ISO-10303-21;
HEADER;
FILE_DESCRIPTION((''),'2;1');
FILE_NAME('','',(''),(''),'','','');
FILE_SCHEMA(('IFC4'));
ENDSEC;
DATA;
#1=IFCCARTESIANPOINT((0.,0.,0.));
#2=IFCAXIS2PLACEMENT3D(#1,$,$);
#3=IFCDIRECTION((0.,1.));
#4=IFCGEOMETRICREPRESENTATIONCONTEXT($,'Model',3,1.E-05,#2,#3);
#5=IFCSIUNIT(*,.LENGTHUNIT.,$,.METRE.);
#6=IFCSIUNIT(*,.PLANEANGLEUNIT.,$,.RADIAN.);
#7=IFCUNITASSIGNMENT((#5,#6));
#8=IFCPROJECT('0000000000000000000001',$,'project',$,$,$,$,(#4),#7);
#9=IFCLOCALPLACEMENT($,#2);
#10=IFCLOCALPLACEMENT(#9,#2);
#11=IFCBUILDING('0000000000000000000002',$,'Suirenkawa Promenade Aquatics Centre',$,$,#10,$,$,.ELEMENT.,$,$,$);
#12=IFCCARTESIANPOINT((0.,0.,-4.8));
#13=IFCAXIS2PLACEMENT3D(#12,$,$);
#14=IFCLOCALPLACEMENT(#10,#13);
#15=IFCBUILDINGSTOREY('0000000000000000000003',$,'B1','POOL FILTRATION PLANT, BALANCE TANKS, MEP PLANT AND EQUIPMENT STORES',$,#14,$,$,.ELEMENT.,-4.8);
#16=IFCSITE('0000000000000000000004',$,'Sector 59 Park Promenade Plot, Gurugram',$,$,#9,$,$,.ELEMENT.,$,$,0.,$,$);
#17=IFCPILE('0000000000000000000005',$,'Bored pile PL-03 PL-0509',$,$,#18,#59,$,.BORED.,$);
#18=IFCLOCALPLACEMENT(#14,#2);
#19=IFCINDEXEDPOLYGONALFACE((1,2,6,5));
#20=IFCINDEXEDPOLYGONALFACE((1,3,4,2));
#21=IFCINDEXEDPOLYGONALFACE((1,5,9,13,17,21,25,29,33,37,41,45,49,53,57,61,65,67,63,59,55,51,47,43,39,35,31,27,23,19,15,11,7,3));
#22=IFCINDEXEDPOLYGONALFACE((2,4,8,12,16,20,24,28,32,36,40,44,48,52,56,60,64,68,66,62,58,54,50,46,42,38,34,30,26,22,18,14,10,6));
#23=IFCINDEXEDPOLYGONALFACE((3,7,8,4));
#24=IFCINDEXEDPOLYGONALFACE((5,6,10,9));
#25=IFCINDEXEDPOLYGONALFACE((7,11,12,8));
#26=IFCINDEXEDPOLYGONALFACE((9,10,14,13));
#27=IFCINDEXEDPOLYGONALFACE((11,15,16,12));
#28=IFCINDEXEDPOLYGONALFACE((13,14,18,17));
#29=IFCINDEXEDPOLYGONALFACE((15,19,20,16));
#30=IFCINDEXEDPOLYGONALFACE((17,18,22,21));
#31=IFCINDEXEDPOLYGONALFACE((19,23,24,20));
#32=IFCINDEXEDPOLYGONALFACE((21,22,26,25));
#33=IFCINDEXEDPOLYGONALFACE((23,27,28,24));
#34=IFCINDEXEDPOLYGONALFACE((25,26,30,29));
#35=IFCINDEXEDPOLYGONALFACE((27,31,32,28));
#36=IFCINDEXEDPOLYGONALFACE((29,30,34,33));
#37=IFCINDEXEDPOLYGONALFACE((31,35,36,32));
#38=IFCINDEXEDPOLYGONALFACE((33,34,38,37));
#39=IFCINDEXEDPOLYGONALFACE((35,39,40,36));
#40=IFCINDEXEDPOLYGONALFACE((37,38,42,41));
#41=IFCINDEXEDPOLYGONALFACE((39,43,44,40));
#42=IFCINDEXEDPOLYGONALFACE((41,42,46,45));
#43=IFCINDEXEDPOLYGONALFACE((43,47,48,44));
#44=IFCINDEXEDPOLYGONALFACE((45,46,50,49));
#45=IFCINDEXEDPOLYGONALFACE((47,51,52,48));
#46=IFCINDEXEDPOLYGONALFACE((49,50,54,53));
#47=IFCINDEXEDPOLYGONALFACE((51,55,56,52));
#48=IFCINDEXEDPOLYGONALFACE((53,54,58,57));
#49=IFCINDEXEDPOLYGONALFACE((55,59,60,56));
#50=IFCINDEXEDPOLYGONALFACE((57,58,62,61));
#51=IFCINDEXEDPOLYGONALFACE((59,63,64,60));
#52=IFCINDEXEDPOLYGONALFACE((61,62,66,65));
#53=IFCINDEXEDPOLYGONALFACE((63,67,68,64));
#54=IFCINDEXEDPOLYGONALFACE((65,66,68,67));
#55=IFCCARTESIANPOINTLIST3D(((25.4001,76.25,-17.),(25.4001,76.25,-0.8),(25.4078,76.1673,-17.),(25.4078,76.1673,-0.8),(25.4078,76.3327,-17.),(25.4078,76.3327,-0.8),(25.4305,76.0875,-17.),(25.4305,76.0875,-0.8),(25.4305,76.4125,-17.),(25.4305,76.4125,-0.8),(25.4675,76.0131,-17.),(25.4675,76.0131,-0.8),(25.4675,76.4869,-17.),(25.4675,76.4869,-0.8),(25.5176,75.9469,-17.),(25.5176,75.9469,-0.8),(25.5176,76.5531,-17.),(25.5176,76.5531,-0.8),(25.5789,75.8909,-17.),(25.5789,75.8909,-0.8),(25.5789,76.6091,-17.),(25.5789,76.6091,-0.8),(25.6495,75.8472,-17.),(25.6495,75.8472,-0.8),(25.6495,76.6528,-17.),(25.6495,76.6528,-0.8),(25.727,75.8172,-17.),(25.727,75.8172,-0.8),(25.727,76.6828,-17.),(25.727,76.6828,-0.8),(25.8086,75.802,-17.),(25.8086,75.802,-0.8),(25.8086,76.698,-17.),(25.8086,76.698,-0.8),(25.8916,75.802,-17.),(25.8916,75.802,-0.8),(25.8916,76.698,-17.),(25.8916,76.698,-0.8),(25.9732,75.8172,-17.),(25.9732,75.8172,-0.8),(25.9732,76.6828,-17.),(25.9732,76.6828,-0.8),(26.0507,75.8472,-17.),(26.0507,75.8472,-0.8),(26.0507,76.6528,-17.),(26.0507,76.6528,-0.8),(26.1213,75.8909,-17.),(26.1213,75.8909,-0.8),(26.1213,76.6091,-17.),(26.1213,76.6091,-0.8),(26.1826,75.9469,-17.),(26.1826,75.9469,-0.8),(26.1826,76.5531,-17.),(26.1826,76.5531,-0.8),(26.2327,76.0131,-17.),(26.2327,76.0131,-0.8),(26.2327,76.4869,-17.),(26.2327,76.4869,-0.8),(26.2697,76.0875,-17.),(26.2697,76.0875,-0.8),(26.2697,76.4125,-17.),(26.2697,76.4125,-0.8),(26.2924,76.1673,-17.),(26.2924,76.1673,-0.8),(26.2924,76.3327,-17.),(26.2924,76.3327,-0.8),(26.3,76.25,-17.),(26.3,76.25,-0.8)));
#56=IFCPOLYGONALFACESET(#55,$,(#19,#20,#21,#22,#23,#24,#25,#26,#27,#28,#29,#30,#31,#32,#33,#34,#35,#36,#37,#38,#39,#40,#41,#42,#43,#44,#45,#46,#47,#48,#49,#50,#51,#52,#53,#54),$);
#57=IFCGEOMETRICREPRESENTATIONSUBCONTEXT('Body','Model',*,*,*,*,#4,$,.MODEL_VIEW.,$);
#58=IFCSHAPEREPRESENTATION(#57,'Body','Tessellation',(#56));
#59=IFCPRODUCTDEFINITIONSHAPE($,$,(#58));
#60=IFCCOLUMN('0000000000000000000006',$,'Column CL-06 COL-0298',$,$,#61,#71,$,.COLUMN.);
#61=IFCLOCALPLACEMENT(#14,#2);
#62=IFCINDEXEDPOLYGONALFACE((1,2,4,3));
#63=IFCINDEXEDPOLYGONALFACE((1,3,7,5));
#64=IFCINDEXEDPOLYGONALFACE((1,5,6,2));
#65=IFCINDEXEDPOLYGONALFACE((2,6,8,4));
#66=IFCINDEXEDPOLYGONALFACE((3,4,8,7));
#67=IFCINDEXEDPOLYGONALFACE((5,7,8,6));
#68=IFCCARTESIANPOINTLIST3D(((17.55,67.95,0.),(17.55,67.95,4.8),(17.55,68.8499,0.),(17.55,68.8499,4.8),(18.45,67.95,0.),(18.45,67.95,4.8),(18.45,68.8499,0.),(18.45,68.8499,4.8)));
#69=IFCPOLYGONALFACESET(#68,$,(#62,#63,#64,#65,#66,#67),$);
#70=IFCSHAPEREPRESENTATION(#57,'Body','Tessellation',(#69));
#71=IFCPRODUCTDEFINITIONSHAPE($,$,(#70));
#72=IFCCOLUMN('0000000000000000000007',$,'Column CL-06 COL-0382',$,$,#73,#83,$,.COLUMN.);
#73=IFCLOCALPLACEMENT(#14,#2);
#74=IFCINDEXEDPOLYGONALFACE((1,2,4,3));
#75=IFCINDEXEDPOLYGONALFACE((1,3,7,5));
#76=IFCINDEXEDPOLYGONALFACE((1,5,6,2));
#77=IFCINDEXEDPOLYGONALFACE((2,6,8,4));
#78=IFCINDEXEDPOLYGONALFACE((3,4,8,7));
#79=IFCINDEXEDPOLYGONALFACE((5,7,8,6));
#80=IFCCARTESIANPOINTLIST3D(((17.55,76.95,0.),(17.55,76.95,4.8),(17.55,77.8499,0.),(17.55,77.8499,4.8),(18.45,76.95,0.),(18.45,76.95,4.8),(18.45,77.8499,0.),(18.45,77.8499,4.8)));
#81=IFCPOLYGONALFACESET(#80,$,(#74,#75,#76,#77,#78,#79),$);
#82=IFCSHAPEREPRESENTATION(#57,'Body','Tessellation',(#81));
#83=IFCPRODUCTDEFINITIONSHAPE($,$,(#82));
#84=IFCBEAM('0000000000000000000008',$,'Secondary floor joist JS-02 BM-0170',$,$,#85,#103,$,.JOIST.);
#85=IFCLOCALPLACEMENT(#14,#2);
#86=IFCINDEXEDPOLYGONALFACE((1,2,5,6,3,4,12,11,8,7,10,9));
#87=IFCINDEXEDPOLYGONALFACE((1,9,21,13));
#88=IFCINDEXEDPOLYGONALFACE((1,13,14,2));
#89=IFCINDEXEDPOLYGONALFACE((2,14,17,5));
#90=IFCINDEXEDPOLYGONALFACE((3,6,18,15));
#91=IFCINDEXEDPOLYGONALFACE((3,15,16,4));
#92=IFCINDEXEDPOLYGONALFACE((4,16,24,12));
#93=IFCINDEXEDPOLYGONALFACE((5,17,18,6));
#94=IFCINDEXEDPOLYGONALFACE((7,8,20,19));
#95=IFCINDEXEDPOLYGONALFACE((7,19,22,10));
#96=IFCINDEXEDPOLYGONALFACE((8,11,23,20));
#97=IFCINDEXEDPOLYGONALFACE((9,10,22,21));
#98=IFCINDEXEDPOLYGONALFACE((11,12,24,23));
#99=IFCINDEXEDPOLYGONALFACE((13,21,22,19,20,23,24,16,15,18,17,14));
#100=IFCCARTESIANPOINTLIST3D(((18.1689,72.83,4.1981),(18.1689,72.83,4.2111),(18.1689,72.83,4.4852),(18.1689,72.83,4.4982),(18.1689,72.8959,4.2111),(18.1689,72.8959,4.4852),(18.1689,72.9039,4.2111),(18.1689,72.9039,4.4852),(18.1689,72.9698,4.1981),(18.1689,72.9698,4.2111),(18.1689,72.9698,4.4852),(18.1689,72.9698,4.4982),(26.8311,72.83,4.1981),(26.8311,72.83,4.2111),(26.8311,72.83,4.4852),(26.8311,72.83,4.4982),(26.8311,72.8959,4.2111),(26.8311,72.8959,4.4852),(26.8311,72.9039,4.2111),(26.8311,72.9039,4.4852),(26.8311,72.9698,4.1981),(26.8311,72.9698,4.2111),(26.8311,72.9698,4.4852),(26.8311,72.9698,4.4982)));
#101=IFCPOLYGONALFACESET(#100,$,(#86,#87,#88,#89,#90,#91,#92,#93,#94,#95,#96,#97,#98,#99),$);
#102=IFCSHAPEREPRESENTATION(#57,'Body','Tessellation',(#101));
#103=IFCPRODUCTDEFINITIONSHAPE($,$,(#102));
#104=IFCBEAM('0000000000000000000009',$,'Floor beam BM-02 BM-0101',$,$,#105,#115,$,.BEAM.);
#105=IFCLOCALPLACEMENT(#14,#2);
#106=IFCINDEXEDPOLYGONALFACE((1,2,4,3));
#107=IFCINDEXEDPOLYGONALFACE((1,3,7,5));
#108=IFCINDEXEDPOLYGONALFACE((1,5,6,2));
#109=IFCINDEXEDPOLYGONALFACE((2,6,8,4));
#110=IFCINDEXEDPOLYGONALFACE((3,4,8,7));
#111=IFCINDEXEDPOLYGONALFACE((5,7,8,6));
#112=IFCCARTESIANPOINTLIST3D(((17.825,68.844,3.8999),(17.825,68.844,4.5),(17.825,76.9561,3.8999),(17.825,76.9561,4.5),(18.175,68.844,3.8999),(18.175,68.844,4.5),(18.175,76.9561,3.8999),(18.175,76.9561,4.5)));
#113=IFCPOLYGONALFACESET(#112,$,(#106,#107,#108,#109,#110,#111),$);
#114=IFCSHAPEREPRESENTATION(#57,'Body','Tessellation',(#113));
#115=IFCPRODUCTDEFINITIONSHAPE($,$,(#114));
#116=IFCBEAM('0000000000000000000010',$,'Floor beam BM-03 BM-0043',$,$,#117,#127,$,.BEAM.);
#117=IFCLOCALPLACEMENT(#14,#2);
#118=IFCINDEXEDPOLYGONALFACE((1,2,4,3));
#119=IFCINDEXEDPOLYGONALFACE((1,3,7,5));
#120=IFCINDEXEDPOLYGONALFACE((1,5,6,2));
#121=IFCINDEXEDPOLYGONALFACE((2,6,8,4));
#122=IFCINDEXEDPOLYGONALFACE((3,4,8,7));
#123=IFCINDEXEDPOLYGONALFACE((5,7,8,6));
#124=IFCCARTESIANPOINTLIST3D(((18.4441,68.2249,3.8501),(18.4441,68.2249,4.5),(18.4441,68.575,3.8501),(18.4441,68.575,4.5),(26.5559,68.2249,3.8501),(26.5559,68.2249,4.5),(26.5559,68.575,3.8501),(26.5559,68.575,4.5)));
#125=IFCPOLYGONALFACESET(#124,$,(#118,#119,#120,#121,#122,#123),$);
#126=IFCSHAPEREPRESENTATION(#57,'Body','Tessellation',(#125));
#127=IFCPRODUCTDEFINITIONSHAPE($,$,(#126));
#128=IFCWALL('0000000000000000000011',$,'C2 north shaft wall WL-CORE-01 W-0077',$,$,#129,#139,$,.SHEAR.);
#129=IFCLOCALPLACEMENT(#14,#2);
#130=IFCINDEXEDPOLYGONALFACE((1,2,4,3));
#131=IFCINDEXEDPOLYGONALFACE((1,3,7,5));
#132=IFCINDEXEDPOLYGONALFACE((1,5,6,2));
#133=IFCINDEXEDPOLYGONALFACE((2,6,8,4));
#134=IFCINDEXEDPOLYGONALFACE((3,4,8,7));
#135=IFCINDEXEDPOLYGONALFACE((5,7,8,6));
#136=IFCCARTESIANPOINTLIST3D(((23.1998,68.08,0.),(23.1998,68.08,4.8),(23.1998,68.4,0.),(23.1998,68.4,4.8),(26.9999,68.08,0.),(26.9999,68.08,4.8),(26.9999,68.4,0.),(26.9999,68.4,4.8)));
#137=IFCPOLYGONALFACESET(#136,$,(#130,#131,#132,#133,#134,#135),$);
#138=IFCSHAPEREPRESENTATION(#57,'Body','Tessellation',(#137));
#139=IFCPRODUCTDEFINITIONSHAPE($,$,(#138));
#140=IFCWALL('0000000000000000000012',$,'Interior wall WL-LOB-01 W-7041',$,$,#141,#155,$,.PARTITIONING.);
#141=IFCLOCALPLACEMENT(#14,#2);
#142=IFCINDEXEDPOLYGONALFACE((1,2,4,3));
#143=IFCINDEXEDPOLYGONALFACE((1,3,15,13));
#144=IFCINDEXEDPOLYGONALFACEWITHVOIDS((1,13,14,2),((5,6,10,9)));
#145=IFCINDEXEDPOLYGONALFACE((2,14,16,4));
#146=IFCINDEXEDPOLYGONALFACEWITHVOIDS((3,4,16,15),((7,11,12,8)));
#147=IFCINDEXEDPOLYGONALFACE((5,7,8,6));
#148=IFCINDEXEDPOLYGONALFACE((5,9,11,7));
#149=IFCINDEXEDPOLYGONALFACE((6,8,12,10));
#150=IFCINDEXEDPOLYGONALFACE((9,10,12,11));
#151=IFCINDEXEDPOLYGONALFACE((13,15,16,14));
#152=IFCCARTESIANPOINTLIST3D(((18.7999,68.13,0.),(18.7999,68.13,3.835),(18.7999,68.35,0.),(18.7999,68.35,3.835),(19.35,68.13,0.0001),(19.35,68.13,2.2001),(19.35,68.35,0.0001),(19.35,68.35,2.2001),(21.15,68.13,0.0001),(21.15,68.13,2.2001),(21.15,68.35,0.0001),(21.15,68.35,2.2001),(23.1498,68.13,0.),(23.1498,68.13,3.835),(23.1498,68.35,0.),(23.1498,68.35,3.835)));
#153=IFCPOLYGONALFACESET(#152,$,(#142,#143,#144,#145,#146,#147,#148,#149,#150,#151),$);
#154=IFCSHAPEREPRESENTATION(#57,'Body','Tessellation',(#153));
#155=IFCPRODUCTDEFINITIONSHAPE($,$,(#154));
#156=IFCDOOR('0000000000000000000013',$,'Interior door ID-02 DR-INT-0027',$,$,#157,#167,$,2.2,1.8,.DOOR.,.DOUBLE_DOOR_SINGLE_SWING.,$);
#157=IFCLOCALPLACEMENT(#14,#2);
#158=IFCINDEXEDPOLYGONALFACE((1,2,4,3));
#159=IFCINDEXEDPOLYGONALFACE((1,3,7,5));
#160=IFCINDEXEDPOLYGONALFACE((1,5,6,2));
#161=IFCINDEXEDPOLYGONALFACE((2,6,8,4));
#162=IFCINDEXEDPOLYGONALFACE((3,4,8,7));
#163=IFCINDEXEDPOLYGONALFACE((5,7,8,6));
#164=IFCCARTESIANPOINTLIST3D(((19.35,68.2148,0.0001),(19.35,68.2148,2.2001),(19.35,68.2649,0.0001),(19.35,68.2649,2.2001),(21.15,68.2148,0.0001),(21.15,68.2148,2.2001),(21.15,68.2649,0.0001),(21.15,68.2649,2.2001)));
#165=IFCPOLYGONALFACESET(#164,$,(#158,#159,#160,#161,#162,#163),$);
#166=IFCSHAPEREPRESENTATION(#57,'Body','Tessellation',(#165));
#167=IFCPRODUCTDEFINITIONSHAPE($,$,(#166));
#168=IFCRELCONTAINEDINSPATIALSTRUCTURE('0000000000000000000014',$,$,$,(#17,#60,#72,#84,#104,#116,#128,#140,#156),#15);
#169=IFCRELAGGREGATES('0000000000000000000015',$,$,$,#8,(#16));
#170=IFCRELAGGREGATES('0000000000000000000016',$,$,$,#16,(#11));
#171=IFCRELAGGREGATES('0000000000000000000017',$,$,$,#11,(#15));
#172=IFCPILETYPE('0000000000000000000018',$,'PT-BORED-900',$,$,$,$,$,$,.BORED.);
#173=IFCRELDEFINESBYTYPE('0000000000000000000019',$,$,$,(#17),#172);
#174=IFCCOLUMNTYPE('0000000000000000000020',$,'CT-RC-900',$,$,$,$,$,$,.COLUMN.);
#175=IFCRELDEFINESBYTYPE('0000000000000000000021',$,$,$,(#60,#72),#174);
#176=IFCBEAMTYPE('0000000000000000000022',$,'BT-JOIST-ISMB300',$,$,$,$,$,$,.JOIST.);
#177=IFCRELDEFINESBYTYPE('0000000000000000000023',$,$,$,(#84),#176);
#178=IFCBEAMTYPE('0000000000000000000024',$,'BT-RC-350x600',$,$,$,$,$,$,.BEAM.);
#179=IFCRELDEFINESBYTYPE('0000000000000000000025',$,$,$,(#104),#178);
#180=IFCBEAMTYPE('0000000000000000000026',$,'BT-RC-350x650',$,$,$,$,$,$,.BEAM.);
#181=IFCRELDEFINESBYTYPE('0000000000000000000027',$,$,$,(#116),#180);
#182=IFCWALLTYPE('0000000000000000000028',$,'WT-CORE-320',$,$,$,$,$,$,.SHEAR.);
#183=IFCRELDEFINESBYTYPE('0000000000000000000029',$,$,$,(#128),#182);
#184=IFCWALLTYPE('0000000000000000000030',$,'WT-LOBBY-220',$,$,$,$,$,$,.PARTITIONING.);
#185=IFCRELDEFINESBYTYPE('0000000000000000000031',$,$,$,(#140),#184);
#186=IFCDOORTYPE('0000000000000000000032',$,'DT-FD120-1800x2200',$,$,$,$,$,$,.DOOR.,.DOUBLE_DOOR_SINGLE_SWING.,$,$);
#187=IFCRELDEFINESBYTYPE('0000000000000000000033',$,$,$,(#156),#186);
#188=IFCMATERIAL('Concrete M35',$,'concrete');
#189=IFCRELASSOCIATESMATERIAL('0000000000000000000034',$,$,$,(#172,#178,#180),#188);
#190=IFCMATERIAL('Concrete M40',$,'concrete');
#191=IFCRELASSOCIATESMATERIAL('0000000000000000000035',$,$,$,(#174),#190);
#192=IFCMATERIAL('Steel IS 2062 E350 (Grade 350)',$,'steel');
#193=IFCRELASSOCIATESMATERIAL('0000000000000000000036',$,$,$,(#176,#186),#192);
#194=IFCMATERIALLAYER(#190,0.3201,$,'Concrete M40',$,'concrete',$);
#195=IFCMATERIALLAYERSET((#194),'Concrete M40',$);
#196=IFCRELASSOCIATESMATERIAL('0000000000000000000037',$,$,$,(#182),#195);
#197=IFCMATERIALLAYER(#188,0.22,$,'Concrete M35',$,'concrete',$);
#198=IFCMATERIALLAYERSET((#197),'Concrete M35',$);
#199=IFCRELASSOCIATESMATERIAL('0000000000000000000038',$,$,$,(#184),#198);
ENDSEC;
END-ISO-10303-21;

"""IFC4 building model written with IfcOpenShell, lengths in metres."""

from ifc_helpers import new_model, si_unit, direction, frame, frame_2d, origin, origin_2d, place, context, subcontext, project, spatial, rectangle, circle, i_section, extrude, material, layer, layer_set, material_profile, profile_set, type_object, element, fill, save


model = new_model("IFC4")

# Units and contexts
model_context = context("Model", 3, precision=1e-05, world=origin(), true_north=direction((0.0, 1.0)))
body_context = subcontext(model_context, "Body", "Model", "MODEL_VIEW")
ifc_project = project(units=[si_unit("LENGTHUNIT", "METRE"), si_unit("PLANEANGLEUNIT", "RADIAN")], contexts=[model_context])

# Site, building, storey
site_placement = place(None, origin())
site = spatial("IfcSite", under=ifc_project, at=site_placement, Name="Sector 59 Park Promenade Plot, Gurugram", CompositionType="ELEMENT", RefElevation=0.0)
building_placement = place(site_placement, origin())
building = spatial("IfcBuilding", under=site, at=building_placement, Name="Suirenkawa Promenade Aquatics Centre", CompositionType="ELEMENT")
storey_placement = place(building_placement, frame((0.0, 0.0, -4.8)))
storey = spatial("IfcBuildingStorey", under=building, at=storey_placement, Name="B1", Description="POOL FILTRATION PLANT, BALANCE TANKS, MEP PLANT AND EQUIPMENT STORES", CompositionType="ELEMENT", Elevation=-4.8)

# Shared definitions
ifc_material_1 = material(Name="Concrete M35", Category="concrete")

# Pile
ifc_material_profile_1 = material_profile(ifc_material_1, circle(Radius=0.45, at=origin_2d()), Name="PILE D900", Category="concrete")
ifc_profile_set_1 = profile_set([ifc_material_profile_1], Name="Concrete M35")
pile_type_1 = type_object("IfcPileType", Name="PT-BORED-900", PredefinedType="BORED", material=ifc_profile_set_1)
for number, where, z_axis, x_axis, name in (
    (1, (25.8501, 76.25, -0.8), (0.0, 0.0, -1.0), (1.0, 0.0, 0.0), "Bored pile PL-03 PL-0509"),
):
    element("IfcPile", number, at=place(storey_placement, frame(where, z_axis=z_axis, x_axis=x_axis)), inside=storey, type_object=pile_type_1, Name=name, PredefinedType="BORED", context=body_context, shape_type="SweptSolid", body=[
        extrude(circle(Radius=0.45, at=origin_2d()), origin(), (0.0, 0.0, 1.0), 16.2),
    ])

# Columns
ifc_material_2 = material(Name="Concrete M40", Category="concrete")
ifc_material_profile_2 = material_profile(ifc_material_2, rectangle(XDim=0.8999, YDim=0.8999, at=origin_2d()), Name="RC COL 900x900", Category="concrete")
ifc_profile_set_2 = profile_set([ifc_material_profile_2], Name="Concrete M40")
column_type = type_object("IfcColumnType", Name="CT-RC-900", PredefinedType="COLUMN", material=ifc_profile_set_2)
for number, where, z_axis, x_axis, name in (
    (2, (18.0, 68.3999, 0.0), (0.0, 0.0, 1.0), (1.0, 0.0, 0.0), "Column CL-06 COL-0298"),
    (3, (18.0, 77.3999, 0.0), (0.0, 0.0, 1.0), (1.0, 0.0, 0.0), "Column CL-06 COL-0382"),
):
    element("IfcColumn", number, at=place(storey_placement, frame(where, z_axis=z_axis, x_axis=x_axis)), inside=storey, type_object=column_type, Name=name, PredefinedType="COLUMN", context=body_context, shape_type="SweptSolid", body=[
        extrude(rectangle(XDim=0.8999, YDim=0.8999, at=origin_2d()), origin(), (0.0, 0.0, 1.0), 4.8),
    ])

# Beams
ifc_material_3 = material(Name="Steel IS 2062 E350 (Grade 350)", Category="steel")
ifc_material_profile_3 = material_profile(ifc_material_3, i_section(OverallWidth=0.1399, OverallDepth=0.3, WebThickness=0.0081, FlangeThickness=0.0129, at=origin_2d()), Name="ISMB 300", Category="steel")
ifc_profile_set_3 = profile_set([ifc_material_profile_3], Name="Steel IS 2062 E350 (Grade 350)")
beam_type_1 = type_object("IfcBeamType", Name="BT-JOIST-ISMB300", PredefinedType="JOIST", material=ifc_profile_set_3)
beam_1_placement = place(storey_placement, frame((18.1689, 72.8999, 4.3481), z_axis=(1.0, 0.0, 0.0), x_axis=(0.0, 1.0, 0.0)))
element("IfcBeam", 4, at=beam_1_placement, inside=storey, type_object=beam_type_1, Name="Secondary floor joist JS-02 BM-0170", PredefinedType="JOIST", context=body_context, shape_type="SweptSolid", body=[
    extrude(i_section(OverallWidth=0.1399, OverallDepth=0.3, WebThickness=0.0081, FlangeThickness=0.0129, at=origin_2d()), origin(), (0.0, 0.0, 1.0), 8.6621),
])
ifc_material_profile_4 = material_profile(ifc_material_1, rectangle(XDim=0.3501, YDim=0.6001, at=origin_2d()), Name="RC BM 350x600", Category="concrete")
ifc_profile_set_4 = profile_set([ifc_material_profile_4], Name="Concrete M35")
beam_type_2 = type_object("IfcBeamType", Name="BT-RC-350x600", PredefinedType="BEAM", material=ifc_profile_set_4)
beam_2_placement = place(storey_placement, frame((18.0, 68.844, 4.2), z_axis=(0.0, 1.0, 0.0), x_axis=(-1.0, 0.0, 0.0)))
element("IfcBeam", 5, at=beam_2_placement, inside=storey, type_object=beam_type_2, Name="Floor beam BM-02 BM-0101", PredefinedType="BEAM", context=body_context, shape_type="SweptSolid", body=[
    extrude(rectangle(XDim=0.3501, YDim=0.6001, at=origin_2d()), origin(), (0.0, 0.0, 1.0), 8.1121),
])
ifc_material_profile_5 = material_profile(ifc_material_1, rectangle(XDim=0.3501, YDim=0.6499, at=origin_2d()), Name="RC BM 350x650", Category="concrete")
ifc_profile_set_5 = profile_set([ifc_material_profile_5], Name="Concrete M35")
beam_type_3 = type_object("IfcBeamType", Name="BT-RC-350x650", PredefinedType="BEAM", material=ifc_profile_set_5)
beam_3_placement = place(storey_placement, frame((18.4441, 68.3999, 4.175), z_axis=(1.0, 0.0, 0.0), x_axis=(0.0, 1.0, 0.0)))
element("IfcBeam", 6, at=beam_3_placement, inside=storey, type_object=beam_type_3, Name="Floor beam BM-03 BM-0043", PredefinedType="BEAM", context=body_context, shape_type="SweptSolid", body=[
    extrude(rectangle(XDim=0.3501, YDim=0.6499, at=origin_2d()), origin(), (0.0, 0.0, 1.0), 8.1118),
])

# Wall
ifc_layer_1 = layer(ifc_material_2, 0.3201, Name="Concrete M40", Category="concrete")
ifc_layer_set_1 = layer_set([ifc_layer_1], Name="Concrete M40")
wall_type_1 = type_object("IfcWallType", Name="WT-CORE-320", PredefinedType="SHEAR", material=ifc_layer_set_1)
wall_1_placement = place(storey_placement, frame((23.2, 68.24, 0.0), z_axis=(0.0, 0.0, 1.0), x_axis=(1.0, 0.0, 0.0)))
element("IfcWall", 7, at=wall_1_placement, inside=storey, type_object=wall_type_1, Name="C2 north shaft wall WL-CORE-01 W-0077", PredefinedType="SHEAR", context=body_context, shape_type="SweptSolid", body=[
    extrude(rectangle(XDim=3.8, YDim=0.3201, at=frame_2d((1.8999, 0.0))), origin(), (0.0, 0.0, 1.0), 4.8),
])

# Wall, opening, door
ifc_layer_2 = layer(ifc_material_1, 0.22, Name="Concrete M35", Category="concrete")
ifc_layer_set_2 = layer_set([ifc_layer_2], Name="Concrete M35")
wall_type_2 = type_object("IfcWallType", Name="WT-LOBBY-220", PredefinedType="PARTITIONING", material=ifc_layer_set_2)
wall_2_placement = place(storey_placement, frame((18.8, 68.24, 0.0), z_axis=(0.0, 0.0, 1.0), x_axis=(1.0, 0.0, 0.0)))
wall_2 = element("IfcWall", 8, at=wall_2_placement, inside=storey, type_object=wall_type_2, Name="Interior wall WL-LOB-01 W-7041", PredefinedType="PARTITIONING", context=body_context, shape_type="SweptSolid", body=[
    extrude(rectangle(XDim=4.3499, YDim=0.22, at=frame_2d((2.1748, 0.0))), origin(), (0.0, 0.0, 1.0), 3.835),
])
opening_placement = place(wall_2_placement, frame((0.55, 0.0, 0.0)))
opening = element("IfcOpeningElement", 9, at=opening_placement, cuts=wall_2, PredefinedType="OPENING", context=body_context, shape_type="SweptSolid", body=[
    extrude(rectangle(XDim=1.8, YDim=2.2, at=frame_2d((0.8999, 1.1001))), frame((0.0, 0.1199, 0.0), z_axis=(0.0, -1.0, 0.0), x_axis=(1.0, 0.0, 0.0)), (0.0, 0.0, 1.0), 0.24),
])
door_type = type_object("IfcDoorType", Name="DT-FD120-1800x2200", OperationType="DOUBLE_DOOR_SINGLE_SWING", PredefinedType="DOOR", material=ifc_material_3)
door_placement = place(opening_placement, origin())
door = element("IfcDoor", 10, at=door_placement, inside=storey, type_object=door_type, Name="Interior door ID-02 DR-INT-0027", OperationType="DOUBLE_DOOR_SINGLE_SWING", OverallHeight=2.2, OverallWidth=1.8, PredefinedType="DOOR", context=body_context, shape_type="SweptSolid", body=[
    extrude(rectangle(XDim=1.8, YDim=2.2, at=frame_2d((0.8999, 1.1001))), frame((0.0, 0.0249, 0.0), z_axis=(0.0, -1.0, 0.0), x_axis=(1.0, 0.0, 0.0)), (0.0, 0.0, 1.0), 0.05),
])
fill(opening, door)

save(model, "model.ifc")
